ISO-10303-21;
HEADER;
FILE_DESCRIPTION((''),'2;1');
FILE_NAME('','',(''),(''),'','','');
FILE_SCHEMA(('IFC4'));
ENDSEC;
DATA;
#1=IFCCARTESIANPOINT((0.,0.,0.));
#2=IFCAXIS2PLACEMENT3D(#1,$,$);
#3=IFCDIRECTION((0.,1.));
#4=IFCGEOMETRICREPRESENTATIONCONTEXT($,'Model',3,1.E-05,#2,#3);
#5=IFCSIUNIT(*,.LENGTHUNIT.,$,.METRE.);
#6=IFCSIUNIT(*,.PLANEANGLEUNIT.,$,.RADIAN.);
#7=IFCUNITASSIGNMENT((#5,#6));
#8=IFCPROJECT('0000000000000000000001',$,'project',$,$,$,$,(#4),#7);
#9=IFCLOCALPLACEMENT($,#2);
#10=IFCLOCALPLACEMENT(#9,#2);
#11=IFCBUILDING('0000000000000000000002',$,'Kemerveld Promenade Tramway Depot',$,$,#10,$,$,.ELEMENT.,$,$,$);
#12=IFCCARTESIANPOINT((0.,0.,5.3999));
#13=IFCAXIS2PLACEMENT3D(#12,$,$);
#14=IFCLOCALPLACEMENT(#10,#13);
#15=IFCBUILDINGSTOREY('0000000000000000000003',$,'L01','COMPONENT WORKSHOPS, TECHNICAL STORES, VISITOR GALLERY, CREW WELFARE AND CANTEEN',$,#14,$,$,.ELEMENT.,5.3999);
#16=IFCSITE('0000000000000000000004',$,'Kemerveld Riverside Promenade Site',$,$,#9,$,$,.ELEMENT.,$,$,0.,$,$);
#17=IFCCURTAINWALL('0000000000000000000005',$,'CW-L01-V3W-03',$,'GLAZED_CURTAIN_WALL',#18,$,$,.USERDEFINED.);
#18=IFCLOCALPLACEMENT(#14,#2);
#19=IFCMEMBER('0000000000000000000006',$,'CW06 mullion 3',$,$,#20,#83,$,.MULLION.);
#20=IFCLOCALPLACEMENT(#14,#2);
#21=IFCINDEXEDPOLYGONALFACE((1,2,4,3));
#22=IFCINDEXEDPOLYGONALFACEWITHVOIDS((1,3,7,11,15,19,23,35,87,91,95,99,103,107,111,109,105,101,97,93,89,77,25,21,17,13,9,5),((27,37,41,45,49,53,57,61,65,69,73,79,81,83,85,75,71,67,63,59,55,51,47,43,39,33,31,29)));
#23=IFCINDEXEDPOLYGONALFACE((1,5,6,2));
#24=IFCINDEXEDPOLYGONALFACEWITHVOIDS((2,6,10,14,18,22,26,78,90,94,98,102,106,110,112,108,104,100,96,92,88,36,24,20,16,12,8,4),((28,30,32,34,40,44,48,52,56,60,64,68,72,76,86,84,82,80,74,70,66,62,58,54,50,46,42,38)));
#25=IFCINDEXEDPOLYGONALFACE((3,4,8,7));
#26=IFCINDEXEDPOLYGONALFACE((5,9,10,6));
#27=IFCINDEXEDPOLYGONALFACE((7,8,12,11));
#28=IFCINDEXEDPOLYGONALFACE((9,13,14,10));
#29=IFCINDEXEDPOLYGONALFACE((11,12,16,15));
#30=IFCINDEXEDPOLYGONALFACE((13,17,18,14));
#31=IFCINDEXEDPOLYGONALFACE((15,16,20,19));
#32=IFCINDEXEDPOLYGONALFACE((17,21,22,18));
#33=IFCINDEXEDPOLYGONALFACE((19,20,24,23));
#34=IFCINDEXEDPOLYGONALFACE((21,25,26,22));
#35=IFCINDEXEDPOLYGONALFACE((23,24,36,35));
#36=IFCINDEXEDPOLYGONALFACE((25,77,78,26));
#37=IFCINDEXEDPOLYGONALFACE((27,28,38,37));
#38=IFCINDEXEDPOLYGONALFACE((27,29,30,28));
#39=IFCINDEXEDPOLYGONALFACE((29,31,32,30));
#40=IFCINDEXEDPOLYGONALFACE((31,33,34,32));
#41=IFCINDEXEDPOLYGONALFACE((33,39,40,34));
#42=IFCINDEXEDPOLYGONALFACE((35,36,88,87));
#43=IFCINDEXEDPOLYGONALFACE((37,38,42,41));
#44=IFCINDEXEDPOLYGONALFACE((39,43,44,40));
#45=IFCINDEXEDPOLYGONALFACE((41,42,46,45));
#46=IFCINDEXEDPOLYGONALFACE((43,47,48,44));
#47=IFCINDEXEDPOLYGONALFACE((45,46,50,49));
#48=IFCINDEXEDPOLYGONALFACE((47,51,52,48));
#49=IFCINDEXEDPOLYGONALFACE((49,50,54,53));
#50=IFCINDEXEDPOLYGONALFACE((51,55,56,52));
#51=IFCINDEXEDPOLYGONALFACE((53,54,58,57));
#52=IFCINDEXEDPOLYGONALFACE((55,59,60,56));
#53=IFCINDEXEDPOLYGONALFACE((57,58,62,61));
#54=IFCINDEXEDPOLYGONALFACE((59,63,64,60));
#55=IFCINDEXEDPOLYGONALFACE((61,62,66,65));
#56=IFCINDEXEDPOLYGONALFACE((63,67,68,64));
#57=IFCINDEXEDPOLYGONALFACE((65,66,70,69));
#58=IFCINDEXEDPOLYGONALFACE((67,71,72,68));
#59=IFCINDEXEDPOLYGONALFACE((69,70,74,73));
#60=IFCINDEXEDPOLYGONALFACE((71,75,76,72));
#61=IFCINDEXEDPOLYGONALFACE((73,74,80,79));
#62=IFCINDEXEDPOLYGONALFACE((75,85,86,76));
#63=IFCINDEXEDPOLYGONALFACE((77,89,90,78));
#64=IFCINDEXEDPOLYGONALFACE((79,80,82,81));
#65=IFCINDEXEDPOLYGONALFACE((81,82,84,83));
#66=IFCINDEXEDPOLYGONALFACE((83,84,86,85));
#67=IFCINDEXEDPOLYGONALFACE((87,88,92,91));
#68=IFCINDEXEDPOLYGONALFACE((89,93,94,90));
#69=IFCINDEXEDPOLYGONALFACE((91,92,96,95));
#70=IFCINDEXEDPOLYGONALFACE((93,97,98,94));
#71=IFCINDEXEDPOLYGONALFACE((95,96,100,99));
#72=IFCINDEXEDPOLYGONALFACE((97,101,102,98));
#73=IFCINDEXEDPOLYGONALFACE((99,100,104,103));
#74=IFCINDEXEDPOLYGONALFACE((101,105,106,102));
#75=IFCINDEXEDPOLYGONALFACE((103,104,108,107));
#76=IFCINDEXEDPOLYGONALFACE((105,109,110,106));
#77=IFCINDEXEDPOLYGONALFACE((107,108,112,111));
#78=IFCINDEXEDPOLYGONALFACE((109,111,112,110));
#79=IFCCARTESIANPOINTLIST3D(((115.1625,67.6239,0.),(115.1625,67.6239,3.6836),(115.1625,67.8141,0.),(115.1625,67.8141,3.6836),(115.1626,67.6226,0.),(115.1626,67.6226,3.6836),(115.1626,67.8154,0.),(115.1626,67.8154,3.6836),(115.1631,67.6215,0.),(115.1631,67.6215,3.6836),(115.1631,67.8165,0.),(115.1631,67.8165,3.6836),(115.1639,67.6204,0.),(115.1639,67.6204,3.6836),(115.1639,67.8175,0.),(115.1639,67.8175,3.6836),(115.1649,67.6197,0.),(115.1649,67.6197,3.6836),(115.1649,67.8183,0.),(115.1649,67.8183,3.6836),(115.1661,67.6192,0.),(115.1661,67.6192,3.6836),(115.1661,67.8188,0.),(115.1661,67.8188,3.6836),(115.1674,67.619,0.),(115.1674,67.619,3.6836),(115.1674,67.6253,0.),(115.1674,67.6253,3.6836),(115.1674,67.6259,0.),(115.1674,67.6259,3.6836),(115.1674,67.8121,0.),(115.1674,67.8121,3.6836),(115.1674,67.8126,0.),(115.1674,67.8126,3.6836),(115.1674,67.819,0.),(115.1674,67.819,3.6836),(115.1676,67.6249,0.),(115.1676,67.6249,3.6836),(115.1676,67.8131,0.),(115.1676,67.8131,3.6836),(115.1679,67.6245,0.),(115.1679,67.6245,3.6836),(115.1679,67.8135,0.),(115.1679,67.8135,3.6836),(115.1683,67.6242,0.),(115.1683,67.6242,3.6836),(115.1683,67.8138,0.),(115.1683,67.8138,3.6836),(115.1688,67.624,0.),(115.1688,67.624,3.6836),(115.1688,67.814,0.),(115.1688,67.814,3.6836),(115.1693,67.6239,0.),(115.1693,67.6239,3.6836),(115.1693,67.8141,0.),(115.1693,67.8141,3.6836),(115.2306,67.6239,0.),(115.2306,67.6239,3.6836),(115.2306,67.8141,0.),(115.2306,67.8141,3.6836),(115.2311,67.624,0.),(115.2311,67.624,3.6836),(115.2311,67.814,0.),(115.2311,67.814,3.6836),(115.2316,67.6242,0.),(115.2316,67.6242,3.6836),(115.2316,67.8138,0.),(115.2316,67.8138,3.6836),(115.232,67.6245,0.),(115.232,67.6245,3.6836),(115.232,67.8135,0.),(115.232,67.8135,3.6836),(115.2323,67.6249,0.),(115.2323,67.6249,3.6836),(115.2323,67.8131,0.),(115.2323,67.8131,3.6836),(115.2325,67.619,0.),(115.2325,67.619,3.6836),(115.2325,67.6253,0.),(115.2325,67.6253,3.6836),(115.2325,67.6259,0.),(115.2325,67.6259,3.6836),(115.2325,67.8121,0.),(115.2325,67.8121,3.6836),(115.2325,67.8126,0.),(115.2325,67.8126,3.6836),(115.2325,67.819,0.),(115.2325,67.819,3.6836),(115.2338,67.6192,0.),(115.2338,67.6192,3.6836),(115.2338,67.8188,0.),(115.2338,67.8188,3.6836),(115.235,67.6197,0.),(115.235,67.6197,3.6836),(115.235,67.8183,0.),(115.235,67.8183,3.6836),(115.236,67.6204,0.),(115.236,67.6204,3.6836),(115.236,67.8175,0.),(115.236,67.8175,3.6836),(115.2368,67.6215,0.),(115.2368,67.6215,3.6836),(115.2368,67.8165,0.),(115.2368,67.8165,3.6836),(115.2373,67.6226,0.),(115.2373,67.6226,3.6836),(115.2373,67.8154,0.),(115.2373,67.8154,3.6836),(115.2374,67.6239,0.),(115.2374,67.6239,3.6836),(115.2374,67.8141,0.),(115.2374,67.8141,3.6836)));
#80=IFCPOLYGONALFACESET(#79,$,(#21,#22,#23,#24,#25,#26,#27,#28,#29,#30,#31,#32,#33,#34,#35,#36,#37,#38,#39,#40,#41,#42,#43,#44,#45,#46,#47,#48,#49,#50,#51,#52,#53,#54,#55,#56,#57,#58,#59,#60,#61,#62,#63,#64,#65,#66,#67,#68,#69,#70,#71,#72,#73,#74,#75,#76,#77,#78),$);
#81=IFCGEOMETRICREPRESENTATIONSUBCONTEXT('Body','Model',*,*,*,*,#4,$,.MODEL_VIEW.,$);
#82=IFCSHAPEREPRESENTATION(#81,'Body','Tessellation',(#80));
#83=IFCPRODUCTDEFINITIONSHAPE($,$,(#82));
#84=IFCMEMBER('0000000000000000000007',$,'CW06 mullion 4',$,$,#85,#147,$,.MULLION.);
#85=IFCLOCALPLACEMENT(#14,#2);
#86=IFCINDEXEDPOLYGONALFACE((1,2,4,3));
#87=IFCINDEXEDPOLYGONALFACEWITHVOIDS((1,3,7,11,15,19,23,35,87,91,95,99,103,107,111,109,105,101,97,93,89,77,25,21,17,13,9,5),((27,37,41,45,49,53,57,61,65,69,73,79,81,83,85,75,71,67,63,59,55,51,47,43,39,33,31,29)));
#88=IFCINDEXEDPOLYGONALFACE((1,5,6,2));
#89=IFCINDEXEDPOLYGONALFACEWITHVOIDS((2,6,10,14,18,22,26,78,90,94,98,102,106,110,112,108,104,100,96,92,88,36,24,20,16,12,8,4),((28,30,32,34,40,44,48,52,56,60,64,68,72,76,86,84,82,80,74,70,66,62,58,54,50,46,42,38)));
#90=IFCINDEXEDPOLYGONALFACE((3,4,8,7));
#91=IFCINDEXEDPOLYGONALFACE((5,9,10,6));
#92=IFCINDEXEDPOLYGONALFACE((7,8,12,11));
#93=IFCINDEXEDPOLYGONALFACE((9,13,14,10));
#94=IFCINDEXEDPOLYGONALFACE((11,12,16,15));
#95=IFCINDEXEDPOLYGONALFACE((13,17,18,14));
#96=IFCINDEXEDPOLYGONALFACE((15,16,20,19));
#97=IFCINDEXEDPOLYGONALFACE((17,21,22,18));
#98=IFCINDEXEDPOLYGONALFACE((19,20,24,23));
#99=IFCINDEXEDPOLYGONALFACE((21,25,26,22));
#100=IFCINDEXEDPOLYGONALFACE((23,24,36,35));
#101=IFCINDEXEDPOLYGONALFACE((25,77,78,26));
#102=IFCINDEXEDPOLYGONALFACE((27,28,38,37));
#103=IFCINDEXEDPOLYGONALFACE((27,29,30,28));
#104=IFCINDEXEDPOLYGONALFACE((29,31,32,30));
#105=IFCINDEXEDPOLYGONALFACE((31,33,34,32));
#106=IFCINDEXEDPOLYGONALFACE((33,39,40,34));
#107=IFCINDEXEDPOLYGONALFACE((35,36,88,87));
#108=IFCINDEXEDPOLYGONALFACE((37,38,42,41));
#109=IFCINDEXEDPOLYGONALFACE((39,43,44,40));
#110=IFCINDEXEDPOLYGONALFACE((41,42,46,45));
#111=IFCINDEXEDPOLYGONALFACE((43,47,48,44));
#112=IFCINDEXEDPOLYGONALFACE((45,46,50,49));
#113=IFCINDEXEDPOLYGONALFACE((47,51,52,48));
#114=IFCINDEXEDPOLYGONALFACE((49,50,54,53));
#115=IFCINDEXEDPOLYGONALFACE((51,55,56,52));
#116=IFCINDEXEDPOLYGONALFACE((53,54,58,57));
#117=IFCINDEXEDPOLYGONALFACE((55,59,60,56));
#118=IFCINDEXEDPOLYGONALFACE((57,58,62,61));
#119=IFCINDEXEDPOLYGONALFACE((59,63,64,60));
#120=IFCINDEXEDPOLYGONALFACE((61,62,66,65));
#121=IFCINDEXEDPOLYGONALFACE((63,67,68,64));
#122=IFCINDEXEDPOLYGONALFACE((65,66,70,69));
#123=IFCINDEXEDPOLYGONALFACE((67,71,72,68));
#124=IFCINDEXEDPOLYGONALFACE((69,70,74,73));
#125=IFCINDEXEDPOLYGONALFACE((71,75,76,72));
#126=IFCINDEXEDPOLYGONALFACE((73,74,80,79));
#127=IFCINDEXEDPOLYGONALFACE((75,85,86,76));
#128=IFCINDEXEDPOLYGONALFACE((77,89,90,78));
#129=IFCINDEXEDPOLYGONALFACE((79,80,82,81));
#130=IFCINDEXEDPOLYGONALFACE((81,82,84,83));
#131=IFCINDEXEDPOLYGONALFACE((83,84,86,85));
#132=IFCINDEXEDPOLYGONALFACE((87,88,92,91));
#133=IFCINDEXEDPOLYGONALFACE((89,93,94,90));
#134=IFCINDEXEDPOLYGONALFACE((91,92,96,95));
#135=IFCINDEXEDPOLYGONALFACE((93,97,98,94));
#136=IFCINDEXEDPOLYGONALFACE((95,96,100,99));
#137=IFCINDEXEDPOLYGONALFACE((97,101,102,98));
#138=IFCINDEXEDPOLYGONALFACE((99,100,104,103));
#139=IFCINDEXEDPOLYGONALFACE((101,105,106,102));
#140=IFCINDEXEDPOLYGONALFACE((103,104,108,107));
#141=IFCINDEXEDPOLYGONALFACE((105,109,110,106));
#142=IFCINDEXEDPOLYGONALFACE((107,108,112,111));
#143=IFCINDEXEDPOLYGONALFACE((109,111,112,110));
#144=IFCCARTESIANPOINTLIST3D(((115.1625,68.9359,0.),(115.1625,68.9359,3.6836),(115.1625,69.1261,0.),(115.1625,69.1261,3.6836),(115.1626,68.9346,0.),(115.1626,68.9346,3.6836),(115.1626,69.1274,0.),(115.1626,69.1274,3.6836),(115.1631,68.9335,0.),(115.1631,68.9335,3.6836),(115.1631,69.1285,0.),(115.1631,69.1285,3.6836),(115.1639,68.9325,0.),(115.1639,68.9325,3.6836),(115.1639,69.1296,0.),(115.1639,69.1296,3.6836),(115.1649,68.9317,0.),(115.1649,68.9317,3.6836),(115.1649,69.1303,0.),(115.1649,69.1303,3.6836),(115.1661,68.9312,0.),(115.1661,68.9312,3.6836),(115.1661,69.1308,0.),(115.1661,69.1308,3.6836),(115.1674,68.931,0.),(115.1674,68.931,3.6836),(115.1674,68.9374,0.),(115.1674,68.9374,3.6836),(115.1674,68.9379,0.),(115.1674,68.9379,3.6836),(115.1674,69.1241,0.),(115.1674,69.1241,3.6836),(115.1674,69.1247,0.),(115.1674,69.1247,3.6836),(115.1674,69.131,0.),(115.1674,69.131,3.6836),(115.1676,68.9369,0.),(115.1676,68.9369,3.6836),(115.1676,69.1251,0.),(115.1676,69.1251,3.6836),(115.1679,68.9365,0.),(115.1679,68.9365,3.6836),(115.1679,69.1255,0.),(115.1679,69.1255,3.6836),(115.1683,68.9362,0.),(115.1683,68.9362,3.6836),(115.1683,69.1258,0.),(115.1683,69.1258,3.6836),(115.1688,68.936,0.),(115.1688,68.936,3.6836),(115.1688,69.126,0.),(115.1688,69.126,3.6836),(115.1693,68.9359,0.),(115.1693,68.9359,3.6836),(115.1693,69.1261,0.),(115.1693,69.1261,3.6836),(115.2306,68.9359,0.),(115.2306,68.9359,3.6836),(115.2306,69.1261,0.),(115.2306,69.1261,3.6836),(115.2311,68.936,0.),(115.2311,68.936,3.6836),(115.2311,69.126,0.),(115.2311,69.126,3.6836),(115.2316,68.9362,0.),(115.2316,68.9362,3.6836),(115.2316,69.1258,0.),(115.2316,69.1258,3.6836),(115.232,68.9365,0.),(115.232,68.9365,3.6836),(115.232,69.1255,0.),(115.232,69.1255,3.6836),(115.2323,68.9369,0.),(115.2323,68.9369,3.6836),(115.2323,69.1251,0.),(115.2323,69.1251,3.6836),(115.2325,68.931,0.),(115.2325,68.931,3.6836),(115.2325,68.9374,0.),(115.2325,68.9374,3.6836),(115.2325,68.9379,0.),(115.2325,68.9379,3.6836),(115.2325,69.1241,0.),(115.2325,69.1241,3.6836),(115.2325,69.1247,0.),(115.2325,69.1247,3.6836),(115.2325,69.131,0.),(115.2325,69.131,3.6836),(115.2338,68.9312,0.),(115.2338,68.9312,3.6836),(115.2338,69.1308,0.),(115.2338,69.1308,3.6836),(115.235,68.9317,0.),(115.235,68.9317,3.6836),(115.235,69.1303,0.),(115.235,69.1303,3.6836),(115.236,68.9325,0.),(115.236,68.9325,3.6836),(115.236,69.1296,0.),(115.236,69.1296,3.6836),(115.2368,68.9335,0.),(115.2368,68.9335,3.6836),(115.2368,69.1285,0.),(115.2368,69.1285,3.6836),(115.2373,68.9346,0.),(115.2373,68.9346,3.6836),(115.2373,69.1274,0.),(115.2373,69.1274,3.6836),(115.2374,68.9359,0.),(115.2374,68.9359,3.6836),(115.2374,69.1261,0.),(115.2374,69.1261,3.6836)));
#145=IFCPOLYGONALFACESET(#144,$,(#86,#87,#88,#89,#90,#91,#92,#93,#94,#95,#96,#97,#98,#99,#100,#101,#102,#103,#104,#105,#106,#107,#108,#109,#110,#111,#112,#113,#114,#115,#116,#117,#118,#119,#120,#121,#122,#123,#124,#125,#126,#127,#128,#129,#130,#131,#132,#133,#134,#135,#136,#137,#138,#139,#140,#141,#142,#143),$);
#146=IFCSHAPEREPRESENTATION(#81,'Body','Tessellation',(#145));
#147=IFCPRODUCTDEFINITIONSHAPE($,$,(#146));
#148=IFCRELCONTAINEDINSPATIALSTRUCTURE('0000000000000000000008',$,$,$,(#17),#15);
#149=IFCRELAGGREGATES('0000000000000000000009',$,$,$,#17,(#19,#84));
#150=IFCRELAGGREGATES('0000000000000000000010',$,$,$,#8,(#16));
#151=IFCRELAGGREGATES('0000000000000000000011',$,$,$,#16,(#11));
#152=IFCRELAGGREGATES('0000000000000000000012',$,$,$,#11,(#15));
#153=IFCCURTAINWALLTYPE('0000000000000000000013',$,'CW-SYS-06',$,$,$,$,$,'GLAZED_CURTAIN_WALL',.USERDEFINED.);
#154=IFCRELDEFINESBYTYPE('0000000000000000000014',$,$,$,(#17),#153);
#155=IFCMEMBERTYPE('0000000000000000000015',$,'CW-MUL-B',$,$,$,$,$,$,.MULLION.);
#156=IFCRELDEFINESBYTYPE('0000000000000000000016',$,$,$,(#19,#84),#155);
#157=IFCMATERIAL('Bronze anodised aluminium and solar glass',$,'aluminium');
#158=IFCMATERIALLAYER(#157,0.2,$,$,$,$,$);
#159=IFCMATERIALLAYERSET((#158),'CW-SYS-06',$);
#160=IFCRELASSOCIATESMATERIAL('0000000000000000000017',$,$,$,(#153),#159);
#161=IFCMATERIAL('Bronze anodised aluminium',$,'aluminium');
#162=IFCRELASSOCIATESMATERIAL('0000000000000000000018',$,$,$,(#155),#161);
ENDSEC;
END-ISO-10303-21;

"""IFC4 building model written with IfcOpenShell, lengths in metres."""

from ifc_helpers import new_model, si_unit, direction, frame, origin, origin_2d, place, context, subcontext, project, spatial, hollow_rectangle, extrude, material, layer, layer_set, material_profile, profile_set, type_object, element, aggregate, save


model = new_model("IFC4")

# Units and contexts
model_context = context("Model", 3, precision=1e-05, world=origin(), true_north=direction((0.0, 1.0)))
body_context = subcontext(model_context, "Body", "Model", "MODEL_VIEW")
ifc_project = project(units=[si_unit("LENGTHUNIT", "METRE"), si_unit("PLANEANGLEUNIT", "RADIAN")], contexts=[model_context])

# Site, building, storey
site_placement = place(None, origin())
site = spatial("IfcSite", under=ifc_project, at=site_placement, Name="Kemerveld Riverside Promenade Site", CompositionType="ELEMENT", RefElevation=0.0)
building_placement = place(site_placement, origin())
building = spatial("IfcBuilding", under=site, at=building_placement, Name="Kemerveld Promenade Tramway Depot", CompositionType="ELEMENT")
storey_placement = place(building_placement, frame((0.0, 0.0, 5.3999)))
storey = spatial("IfcBuildingStorey", under=building, at=storey_placement, Name="L01", Description="COMPONENT WORKSHOPS, TECHNICAL STORES, VISITOR GALLERY, CREW WELFARE AND CANTEEN", CompositionType="ELEMENT", Elevation=5.3999)

# Curtain wall, members
ifc_material_1 = material(Name="Bronze anodised aluminium and solar glass", Category="aluminium")
ifc_layer_1 = layer(ifc_material_1, 0.2)
ifc_layer_set_1 = layer_set([ifc_layer_1], Name="CW-SYS-06")
curtain_wall_type = type_object("IfcCurtainWallType", Name="CW-SYS-06", ElementType="GLAZED_CURTAIN_WALL", PredefinedType="USERDEFINED", material=ifc_layer_set_1)
curtain_wall_placement = place(storey_placement, origin())
curtain_wall = element("IfcCurtainWall", 1, at=curtain_wall_placement, inside=storey, type_object=curtain_wall_type, Name="CW-L01-V3W-03", ObjectType="GLAZED_CURTAIN_WALL", PredefinedType="USERDEFINED")
ifc_material_2 = material(Name="Bronze anodised aluminium", Category="aluminium")
ifc_material_profile_1 = material_profile(ifc_material_2, hollow_rectangle(XDim=0.075, YDim=0.2, WallThickness=0.0049, InnerFilletRadius=0.002, OuterFilletRadius=0.0049, at=origin_2d()), Name="CW-MUL-200x75")
ifc_profile_set_1 = profile_set([ifc_material_profile_1], Name="Bronze anodised aluminium")
member_type_1 = type_object("IfcMemberType", Name="CW-MUL-B", PredefinedType="MULLION", material=ifc_profile_set_1)
member_1_placement = place(storey_placement, frame((115.2, 67.719, 0.0), z_axis=(0.0, 0.0, 1.0), x_axis=(-1.0, 0.0, 0.0)))
member_1 = element("IfcMember", 2, at=member_1_placement, type_object=member_type_1, Name="CW06 mullion 3", PredefinedType="MULLION", context=body_context, shape_type="SweptSolid", body=[
    extrude(hollow_rectangle(XDim=0.075, YDim=0.2, WallThickness=0.0049, InnerFilletRadius=0.002, OuterFilletRadius=0.0049, at=origin_2d()), origin(), (0.0, 0.0, 1.0), 3.6836),
])
member_2_placement = place(storey_placement, frame((115.2, 69.031, 0.0), z_axis=(0.0, 0.0, 1.0), x_axis=(-1.0, 0.0, 0.0)))
member_2 = element("IfcMember", 3, at=member_2_placement, type_object=member_type_1, Name="CW06 mullion 4", PredefinedType="MULLION", context=body_context, shape_type="SweptSolid", body=[
    extrude(hollow_rectangle(XDim=0.075, YDim=0.2, WallThickness=0.0049, InnerFilletRadius=0.002, OuterFilletRadius=0.0049, at=origin_2d()), origin(), (0.0, 0.0, 1.0), 3.6836),
])
aggregate(curtain_wall, [member_1, member_2])

save(model, "model.ifc")
